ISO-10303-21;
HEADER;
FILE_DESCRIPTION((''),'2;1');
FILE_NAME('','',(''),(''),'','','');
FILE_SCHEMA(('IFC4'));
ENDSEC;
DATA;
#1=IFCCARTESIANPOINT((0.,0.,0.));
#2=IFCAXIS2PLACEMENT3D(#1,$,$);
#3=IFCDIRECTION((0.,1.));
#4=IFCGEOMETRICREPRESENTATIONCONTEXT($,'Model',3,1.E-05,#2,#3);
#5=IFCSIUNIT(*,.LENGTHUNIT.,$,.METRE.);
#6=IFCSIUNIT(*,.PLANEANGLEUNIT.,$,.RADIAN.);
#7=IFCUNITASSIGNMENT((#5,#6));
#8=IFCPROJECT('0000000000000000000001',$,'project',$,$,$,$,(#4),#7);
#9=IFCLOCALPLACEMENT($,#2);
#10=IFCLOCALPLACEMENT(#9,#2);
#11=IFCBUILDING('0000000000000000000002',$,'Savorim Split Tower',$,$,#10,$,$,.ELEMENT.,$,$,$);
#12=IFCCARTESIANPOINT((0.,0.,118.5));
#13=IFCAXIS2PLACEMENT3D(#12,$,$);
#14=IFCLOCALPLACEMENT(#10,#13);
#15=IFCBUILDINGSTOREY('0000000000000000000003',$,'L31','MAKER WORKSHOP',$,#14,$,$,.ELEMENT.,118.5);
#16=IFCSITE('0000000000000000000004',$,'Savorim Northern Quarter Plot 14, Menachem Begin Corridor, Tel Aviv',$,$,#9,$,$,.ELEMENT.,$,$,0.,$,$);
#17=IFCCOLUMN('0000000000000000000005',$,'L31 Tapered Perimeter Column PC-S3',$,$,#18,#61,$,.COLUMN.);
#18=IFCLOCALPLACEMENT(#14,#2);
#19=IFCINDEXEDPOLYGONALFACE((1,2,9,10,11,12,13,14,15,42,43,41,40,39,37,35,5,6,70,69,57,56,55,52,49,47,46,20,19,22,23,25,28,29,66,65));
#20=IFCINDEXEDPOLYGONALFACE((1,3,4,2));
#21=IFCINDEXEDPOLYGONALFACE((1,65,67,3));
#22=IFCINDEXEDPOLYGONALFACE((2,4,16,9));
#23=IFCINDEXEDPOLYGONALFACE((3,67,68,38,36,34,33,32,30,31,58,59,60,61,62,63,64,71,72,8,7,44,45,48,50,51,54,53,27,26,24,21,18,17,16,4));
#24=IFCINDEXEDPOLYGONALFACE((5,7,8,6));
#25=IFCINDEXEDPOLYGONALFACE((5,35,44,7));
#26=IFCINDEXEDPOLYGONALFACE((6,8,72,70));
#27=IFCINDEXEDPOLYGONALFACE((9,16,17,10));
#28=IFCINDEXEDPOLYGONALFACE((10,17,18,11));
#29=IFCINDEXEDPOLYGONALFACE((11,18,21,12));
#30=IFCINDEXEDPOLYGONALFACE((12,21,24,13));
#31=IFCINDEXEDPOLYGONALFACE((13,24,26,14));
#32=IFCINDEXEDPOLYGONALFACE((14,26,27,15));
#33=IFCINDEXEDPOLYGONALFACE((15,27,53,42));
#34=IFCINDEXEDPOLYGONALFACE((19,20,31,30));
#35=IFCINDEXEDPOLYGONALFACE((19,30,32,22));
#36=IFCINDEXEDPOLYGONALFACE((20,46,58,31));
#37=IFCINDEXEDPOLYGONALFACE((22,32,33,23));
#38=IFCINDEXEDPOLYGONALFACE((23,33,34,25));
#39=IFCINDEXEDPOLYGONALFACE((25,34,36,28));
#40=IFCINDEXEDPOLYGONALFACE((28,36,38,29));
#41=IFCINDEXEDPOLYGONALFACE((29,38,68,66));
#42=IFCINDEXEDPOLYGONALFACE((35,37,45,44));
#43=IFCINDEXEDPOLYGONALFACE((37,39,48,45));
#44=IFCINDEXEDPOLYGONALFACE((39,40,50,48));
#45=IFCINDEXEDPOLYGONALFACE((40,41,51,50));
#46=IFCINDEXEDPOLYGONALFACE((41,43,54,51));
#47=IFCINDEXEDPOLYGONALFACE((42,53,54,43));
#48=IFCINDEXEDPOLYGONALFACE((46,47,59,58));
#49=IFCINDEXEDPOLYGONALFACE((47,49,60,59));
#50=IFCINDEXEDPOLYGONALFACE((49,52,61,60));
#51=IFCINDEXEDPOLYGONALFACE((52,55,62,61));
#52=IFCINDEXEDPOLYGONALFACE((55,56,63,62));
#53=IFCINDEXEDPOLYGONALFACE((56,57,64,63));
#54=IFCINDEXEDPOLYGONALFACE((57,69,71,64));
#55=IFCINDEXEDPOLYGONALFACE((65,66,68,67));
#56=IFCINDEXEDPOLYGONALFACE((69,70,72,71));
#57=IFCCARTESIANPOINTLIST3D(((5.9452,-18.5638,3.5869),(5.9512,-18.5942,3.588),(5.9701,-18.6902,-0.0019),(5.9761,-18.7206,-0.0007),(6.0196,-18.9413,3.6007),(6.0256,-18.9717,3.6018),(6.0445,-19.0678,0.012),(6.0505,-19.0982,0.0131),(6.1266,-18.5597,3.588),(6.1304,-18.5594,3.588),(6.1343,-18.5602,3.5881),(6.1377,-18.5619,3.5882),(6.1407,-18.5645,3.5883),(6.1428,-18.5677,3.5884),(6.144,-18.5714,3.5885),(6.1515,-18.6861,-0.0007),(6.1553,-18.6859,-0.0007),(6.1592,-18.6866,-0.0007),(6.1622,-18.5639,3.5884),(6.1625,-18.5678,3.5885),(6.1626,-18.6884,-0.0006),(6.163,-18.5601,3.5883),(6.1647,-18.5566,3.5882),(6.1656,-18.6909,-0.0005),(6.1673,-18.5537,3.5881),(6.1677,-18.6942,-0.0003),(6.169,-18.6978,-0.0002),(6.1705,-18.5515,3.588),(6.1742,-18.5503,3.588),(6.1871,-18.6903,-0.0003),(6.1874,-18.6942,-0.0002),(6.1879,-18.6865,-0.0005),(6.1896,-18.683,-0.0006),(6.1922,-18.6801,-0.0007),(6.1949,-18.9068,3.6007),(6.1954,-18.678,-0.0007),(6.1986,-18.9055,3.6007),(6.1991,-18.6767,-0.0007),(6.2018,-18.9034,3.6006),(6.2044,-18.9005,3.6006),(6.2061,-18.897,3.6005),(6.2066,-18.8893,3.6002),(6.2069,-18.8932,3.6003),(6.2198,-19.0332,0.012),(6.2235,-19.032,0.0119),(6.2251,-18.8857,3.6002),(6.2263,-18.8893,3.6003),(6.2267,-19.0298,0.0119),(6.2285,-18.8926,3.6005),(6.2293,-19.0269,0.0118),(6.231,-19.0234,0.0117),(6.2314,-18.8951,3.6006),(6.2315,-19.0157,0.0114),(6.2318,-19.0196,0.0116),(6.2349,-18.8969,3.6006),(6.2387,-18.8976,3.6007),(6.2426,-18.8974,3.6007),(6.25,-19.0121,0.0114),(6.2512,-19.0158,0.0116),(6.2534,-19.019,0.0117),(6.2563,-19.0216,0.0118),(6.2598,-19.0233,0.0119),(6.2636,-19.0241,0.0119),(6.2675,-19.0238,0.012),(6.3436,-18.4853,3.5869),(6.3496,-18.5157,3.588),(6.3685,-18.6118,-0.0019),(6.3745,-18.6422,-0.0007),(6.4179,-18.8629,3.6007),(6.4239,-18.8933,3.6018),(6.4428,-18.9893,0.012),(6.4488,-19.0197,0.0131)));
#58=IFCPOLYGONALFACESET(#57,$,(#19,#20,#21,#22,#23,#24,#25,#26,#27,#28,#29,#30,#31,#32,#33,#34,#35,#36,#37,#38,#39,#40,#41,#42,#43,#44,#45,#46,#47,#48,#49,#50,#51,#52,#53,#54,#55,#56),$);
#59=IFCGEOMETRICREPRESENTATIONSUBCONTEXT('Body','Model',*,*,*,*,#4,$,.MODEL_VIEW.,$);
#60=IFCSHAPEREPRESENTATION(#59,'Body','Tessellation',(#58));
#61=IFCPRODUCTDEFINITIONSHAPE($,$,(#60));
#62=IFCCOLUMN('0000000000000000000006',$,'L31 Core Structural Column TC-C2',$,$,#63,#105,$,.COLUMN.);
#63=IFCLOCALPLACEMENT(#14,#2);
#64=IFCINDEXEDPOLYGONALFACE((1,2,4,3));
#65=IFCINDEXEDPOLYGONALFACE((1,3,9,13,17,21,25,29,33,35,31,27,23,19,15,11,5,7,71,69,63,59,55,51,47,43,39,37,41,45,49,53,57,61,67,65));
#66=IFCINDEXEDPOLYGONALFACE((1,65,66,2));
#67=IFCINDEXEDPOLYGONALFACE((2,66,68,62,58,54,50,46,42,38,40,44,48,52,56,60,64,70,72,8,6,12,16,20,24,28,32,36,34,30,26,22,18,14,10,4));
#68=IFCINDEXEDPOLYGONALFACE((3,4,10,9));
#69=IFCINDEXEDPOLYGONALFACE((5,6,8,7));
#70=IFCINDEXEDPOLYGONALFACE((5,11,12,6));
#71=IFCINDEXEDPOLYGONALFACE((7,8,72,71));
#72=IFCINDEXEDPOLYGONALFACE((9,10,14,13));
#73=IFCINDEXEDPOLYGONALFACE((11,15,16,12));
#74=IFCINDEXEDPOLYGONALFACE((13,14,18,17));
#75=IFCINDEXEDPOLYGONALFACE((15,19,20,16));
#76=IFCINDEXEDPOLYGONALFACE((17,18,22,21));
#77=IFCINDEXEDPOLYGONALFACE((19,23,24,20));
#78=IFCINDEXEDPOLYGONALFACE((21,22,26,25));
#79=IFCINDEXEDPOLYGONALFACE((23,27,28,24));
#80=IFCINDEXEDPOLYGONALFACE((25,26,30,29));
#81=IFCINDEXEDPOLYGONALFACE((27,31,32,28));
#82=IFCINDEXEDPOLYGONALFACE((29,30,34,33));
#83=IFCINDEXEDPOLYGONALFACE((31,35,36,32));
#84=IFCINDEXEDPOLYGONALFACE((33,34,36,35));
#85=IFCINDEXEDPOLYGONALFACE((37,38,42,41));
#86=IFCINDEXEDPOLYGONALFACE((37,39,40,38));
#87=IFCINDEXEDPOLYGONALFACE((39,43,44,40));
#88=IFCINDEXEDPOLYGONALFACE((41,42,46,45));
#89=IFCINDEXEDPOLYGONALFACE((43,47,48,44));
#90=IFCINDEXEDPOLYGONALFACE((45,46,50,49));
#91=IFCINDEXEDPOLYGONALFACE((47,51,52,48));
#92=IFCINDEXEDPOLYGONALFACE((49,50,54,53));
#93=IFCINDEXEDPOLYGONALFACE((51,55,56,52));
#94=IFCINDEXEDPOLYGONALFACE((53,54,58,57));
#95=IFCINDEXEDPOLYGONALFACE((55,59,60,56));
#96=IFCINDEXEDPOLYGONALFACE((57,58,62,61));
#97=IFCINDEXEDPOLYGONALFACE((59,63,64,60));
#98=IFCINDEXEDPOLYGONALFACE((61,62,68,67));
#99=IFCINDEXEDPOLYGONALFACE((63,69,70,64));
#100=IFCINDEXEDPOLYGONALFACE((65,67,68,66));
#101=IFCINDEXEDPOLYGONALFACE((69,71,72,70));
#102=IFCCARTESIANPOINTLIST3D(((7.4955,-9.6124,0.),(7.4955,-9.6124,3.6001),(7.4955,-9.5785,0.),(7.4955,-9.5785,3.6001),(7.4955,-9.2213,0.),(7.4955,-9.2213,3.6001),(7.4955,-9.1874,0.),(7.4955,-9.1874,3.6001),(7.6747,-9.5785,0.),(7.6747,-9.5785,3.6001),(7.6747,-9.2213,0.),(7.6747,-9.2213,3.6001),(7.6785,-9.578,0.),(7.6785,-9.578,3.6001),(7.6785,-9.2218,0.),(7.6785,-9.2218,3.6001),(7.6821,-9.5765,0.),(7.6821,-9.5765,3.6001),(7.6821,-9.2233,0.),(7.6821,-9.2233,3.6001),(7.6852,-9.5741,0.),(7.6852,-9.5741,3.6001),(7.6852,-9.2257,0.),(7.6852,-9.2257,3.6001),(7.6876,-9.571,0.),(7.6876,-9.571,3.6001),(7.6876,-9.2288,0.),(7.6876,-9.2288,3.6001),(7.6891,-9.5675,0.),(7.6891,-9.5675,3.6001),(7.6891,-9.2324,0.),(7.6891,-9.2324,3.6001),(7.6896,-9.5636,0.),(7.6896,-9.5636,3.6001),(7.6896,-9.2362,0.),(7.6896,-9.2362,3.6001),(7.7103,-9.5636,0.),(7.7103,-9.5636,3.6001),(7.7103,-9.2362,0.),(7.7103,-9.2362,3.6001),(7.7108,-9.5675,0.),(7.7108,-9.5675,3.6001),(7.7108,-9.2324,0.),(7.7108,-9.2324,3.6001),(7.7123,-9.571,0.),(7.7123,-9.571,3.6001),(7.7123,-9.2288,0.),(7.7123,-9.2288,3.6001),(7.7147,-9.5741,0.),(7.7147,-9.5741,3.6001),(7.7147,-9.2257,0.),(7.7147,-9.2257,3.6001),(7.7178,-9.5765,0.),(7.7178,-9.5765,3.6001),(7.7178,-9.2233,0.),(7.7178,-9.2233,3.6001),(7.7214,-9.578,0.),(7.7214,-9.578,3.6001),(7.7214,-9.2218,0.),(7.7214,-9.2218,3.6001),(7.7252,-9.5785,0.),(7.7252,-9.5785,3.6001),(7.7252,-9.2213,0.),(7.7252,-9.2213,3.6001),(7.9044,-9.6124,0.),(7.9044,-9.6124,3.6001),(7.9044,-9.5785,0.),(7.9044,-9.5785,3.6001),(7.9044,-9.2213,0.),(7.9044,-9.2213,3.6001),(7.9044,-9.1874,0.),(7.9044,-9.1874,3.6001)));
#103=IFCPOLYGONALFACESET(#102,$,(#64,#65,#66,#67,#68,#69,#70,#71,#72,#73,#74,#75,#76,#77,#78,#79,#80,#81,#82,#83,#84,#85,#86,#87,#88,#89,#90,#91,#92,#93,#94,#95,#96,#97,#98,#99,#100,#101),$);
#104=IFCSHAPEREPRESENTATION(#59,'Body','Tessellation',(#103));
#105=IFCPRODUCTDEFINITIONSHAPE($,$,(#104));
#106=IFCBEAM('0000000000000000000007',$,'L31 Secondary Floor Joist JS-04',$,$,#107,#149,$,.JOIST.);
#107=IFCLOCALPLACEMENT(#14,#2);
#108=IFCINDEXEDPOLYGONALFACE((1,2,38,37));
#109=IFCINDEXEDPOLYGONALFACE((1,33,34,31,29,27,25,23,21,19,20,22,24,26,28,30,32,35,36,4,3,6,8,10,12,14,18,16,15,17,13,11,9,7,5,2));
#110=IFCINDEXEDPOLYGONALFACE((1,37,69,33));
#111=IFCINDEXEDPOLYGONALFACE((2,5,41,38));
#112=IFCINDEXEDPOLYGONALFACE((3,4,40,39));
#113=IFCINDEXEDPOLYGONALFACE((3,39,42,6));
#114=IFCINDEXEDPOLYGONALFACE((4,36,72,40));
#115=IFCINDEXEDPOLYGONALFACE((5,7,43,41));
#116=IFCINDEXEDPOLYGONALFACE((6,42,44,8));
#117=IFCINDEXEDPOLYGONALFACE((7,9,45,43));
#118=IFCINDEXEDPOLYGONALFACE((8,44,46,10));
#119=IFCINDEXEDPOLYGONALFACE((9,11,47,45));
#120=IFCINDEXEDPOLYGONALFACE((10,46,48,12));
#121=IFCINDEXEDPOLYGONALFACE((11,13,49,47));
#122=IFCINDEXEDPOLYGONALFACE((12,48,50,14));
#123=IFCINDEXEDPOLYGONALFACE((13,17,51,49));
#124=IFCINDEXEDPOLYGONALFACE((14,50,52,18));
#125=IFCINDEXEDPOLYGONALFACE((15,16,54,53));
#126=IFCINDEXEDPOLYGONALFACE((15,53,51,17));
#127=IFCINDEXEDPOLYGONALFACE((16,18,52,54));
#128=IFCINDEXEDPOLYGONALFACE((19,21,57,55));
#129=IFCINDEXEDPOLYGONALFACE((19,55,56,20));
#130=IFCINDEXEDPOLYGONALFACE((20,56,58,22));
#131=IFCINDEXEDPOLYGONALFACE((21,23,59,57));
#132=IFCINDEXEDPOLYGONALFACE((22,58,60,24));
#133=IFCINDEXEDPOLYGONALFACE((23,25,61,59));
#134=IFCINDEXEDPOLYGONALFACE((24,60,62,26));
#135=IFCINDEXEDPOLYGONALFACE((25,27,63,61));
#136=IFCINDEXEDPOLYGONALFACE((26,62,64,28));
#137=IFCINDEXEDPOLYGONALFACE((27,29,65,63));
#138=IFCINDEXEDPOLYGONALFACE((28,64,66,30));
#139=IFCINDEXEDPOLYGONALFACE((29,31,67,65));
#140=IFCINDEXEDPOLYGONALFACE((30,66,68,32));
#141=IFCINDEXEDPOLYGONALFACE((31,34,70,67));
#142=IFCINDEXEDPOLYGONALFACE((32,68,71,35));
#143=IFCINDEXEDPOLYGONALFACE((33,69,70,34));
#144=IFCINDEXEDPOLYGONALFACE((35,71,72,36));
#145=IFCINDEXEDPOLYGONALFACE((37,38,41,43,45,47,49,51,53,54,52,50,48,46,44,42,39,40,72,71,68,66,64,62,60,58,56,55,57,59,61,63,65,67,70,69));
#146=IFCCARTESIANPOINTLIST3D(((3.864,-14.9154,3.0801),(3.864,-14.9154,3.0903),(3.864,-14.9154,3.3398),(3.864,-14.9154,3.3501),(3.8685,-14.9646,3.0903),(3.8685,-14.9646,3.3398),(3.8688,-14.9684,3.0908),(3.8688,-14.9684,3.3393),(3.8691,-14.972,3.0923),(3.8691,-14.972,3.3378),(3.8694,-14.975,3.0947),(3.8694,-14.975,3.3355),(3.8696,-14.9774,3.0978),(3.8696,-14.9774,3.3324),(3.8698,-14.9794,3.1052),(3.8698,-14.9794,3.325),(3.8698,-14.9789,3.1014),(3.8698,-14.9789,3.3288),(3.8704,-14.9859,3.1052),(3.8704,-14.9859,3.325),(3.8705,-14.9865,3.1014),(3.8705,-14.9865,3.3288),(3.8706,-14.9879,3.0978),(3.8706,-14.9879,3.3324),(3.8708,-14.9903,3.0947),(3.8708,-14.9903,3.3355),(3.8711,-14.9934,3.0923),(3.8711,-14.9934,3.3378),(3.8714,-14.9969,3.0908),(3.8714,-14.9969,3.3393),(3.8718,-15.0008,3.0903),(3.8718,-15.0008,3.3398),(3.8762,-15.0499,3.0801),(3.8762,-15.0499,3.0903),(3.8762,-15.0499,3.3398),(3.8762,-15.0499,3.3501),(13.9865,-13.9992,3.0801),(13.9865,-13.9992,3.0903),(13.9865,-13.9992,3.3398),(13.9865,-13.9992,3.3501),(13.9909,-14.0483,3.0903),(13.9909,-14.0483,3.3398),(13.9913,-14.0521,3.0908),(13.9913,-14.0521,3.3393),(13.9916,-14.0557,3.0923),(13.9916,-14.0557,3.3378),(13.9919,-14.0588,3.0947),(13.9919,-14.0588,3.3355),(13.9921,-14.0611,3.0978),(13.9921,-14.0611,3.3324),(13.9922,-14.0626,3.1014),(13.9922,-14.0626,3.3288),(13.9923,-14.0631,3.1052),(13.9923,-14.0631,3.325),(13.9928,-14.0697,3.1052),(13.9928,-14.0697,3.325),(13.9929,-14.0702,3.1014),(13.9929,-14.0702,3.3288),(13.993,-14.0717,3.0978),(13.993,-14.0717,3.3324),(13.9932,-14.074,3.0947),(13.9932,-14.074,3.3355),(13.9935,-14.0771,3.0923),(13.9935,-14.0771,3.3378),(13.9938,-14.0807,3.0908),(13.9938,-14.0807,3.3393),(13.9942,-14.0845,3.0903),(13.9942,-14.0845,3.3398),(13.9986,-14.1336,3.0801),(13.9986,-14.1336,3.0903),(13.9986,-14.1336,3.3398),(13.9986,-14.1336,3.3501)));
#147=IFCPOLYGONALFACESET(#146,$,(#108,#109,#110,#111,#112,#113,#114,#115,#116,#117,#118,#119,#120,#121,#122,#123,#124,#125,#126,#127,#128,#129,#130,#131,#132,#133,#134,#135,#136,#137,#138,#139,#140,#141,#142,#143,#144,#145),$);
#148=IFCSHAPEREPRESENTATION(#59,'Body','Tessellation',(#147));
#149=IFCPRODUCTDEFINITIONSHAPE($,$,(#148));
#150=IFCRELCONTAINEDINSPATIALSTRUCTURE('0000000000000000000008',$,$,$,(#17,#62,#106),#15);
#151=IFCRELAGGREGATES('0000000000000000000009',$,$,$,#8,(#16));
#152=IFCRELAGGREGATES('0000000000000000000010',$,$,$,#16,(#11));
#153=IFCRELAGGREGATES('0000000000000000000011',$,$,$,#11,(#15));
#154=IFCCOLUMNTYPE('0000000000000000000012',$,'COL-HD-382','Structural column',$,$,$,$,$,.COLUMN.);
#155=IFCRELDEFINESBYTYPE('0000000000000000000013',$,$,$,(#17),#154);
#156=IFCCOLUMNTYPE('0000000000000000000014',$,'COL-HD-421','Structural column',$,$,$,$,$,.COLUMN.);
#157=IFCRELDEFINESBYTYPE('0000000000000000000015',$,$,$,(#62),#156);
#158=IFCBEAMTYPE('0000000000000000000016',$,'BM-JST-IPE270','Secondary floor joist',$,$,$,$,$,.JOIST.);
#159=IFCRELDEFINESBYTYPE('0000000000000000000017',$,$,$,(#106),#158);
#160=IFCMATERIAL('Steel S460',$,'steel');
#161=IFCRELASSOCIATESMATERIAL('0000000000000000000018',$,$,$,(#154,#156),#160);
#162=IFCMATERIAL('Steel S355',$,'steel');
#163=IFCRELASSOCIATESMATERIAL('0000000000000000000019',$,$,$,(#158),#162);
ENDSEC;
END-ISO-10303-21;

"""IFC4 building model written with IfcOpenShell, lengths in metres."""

from ifc_helpers import new_model, si_unit, direction, frame, origin, origin_2d, place, context, subcontext, project, spatial, i_section, extrude, material, material_profile, profile_set, type_object, element, save


model = new_model("IFC4")

# Units and contexts
model_context = context("Model", 3, precision=1e-05, world=origin(), true_north=direction((0.0, 1.0)))
body_context = subcontext(model_context, "Body", "Model", "MODEL_VIEW")
ifc_project = project(units=[si_unit("LENGTHUNIT", "METRE"), si_unit("PLANEANGLEUNIT", "RADIAN")], contexts=[model_context])

# Site, building, storey
site_placement = place(None, origin())
site = spatial("IfcSite", under=ifc_project, at=site_placement, Name="Savorim Northern Quarter Plot 14, Menachem Begin Corridor, Tel Aviv", CompositionType="ELEMENT", RefElevation=0.0)
building_placement = place(site_placement, origin())
building = spatial("IfcBuilding", under=site, at=building_placement, Name="Savorim Split Tower", CompositionType="ELEMENT")
storey_placement = place(building_placement, frame((0.0, 0.0, 118.5)))
storey = spatial("IfcBuildingStorey", under=building, at=storey_placement, Name="L31", Description="MAKER WORKSHOP", CompositionType="ELEMENT", Elevation=118.5)

# Columns
ifc_material_1 = material(Name="Steel S460", Category="steel")
ifc_material_profile_1 = material_profile(ifc_material_1, i_section(OverallWidth=0.406, OverallDepth=0.416, WebThickness=0.0188, FlangeThickness=0.031, FilletRadius=0.0149, at=origin_2d()), Name="HD 400x382")
ifc_profile_set_1 = profile_set([ifc_material_profile_1], Name="Steel S460")
column_type_1 = type_object("IfcColumnType", Name="COL-HD-382", Description="Structural column", PredefinedType="COLUMN", material=ifc_profile_set_1)
column_1_placement = place(storey_placement, frame((6.2095, -18.855, 0.0056), z_axis=(-0.006934, 0.035215, 0.999356), x_axis=(-0.981159, -0.193201, 0.0)))
element("IfcColumn", 1, at=column_1_placement, inside=storey, type_object=column_type_1, Name="L31 Tapered Perimeter Column PC-S3", PredefinedType="COLUMN", context=body_context, shape_type="SweptSolid", body=[
    extrude(i_section(OverallWidth=0.406, OverallDepth=0.416, WebThickness=0.0188, FlangeThickness=0.031, FilletRadius=0.0149, at=origin_2d()), origin(), (0.0, 0.0, 1.0), 3.5911),
])
ifc_material_profile_2 = material_profile(ifc_material_1, i_section(OverallWidth=0.4089, OverallDepth=0.425, WebThickness=0.0208, FlangeThickness=0.0339, FilletRadius=0.0149, at=origin_2d()), Name="HD 400x421")
ifc_profile_set_2 = profile_set([ifc_material_profile_2], Name="Steel S460")
column_type_2 = type_object("IfcColumnType", Name="COL-HD-421", Description="Structural column", PredefinedType="COLUMN", material=ifc_profile_set_2)
column_2_placement = place(storey_placement, frame((7.7, -9.3999, 0.0), z_axis=(0.0, 0.0, 1.0), x_axis=(1.0, 0.0, 0.0)))
element("IfcColumn", 2, at=column_2_placement, inside=storey, type_object=column_type_2, Name="L31 Core Structural Column TC-C2", PredefinedType="COLUMN", context=body_context, shape_type="SweptSolid", body=[
    extrude(i_section(OverallWidth=0.4089, OverallDepth=0.425, WebThickness=0.0208, FlangeThickness=0.0339, FilletRadius=0.0149, at=origin_2d()), origin(), (0.0, 0.0, 1.0), 3.6001),
])

# Beam
ifc_material_2 = material(Name="Steel S355", Category="steel")
ifc_material_profile_3 = material_profile(ifc_material_2, i_section(OverallWidth=0.135, OverallDepth=0.27, WebThickness=0.0066, FlangeThickness=0.0103, FilletRadius=0.0149, at=origin_2d()), Name="IPE 270")
ifc_profile_set_3 = profile_set([ifc_material_profile_3], Name="Steel S355")
beam_type_1 = type_object("IfcBeamType", Name="BM-JST-IPE270", Description="Secondary floor joist", PredefinedType="JOIST", material=ifc_profile_set_3)
beam_1_placement = place(storey_placement, frame((3.8701, -14.9827, 3.2151), z_axis=(0.995928, 0.09015, 0.0), x_axis=(-0.09015, 0.995928, 0.0)))
element("IfcBeam", 3, at=beam_1_placement, inside=storey, type_object=beam_type_1, Name="L31 Secondary Floor Joist JS-04", PredefinedType="JOIST", context=body_context, shape_type="SweptSolid", body=[
    extrude(i_section(OverallWidth=0.135, OverallDepth=0.27, WebThickness=0.0066, FlangeThickness=0.0103, FilletRadius=0.0149, at=origin_2d()), origin(), (0.0, 0.0, 1.0), 10.1638),
])

save(model, "model.ifc")
